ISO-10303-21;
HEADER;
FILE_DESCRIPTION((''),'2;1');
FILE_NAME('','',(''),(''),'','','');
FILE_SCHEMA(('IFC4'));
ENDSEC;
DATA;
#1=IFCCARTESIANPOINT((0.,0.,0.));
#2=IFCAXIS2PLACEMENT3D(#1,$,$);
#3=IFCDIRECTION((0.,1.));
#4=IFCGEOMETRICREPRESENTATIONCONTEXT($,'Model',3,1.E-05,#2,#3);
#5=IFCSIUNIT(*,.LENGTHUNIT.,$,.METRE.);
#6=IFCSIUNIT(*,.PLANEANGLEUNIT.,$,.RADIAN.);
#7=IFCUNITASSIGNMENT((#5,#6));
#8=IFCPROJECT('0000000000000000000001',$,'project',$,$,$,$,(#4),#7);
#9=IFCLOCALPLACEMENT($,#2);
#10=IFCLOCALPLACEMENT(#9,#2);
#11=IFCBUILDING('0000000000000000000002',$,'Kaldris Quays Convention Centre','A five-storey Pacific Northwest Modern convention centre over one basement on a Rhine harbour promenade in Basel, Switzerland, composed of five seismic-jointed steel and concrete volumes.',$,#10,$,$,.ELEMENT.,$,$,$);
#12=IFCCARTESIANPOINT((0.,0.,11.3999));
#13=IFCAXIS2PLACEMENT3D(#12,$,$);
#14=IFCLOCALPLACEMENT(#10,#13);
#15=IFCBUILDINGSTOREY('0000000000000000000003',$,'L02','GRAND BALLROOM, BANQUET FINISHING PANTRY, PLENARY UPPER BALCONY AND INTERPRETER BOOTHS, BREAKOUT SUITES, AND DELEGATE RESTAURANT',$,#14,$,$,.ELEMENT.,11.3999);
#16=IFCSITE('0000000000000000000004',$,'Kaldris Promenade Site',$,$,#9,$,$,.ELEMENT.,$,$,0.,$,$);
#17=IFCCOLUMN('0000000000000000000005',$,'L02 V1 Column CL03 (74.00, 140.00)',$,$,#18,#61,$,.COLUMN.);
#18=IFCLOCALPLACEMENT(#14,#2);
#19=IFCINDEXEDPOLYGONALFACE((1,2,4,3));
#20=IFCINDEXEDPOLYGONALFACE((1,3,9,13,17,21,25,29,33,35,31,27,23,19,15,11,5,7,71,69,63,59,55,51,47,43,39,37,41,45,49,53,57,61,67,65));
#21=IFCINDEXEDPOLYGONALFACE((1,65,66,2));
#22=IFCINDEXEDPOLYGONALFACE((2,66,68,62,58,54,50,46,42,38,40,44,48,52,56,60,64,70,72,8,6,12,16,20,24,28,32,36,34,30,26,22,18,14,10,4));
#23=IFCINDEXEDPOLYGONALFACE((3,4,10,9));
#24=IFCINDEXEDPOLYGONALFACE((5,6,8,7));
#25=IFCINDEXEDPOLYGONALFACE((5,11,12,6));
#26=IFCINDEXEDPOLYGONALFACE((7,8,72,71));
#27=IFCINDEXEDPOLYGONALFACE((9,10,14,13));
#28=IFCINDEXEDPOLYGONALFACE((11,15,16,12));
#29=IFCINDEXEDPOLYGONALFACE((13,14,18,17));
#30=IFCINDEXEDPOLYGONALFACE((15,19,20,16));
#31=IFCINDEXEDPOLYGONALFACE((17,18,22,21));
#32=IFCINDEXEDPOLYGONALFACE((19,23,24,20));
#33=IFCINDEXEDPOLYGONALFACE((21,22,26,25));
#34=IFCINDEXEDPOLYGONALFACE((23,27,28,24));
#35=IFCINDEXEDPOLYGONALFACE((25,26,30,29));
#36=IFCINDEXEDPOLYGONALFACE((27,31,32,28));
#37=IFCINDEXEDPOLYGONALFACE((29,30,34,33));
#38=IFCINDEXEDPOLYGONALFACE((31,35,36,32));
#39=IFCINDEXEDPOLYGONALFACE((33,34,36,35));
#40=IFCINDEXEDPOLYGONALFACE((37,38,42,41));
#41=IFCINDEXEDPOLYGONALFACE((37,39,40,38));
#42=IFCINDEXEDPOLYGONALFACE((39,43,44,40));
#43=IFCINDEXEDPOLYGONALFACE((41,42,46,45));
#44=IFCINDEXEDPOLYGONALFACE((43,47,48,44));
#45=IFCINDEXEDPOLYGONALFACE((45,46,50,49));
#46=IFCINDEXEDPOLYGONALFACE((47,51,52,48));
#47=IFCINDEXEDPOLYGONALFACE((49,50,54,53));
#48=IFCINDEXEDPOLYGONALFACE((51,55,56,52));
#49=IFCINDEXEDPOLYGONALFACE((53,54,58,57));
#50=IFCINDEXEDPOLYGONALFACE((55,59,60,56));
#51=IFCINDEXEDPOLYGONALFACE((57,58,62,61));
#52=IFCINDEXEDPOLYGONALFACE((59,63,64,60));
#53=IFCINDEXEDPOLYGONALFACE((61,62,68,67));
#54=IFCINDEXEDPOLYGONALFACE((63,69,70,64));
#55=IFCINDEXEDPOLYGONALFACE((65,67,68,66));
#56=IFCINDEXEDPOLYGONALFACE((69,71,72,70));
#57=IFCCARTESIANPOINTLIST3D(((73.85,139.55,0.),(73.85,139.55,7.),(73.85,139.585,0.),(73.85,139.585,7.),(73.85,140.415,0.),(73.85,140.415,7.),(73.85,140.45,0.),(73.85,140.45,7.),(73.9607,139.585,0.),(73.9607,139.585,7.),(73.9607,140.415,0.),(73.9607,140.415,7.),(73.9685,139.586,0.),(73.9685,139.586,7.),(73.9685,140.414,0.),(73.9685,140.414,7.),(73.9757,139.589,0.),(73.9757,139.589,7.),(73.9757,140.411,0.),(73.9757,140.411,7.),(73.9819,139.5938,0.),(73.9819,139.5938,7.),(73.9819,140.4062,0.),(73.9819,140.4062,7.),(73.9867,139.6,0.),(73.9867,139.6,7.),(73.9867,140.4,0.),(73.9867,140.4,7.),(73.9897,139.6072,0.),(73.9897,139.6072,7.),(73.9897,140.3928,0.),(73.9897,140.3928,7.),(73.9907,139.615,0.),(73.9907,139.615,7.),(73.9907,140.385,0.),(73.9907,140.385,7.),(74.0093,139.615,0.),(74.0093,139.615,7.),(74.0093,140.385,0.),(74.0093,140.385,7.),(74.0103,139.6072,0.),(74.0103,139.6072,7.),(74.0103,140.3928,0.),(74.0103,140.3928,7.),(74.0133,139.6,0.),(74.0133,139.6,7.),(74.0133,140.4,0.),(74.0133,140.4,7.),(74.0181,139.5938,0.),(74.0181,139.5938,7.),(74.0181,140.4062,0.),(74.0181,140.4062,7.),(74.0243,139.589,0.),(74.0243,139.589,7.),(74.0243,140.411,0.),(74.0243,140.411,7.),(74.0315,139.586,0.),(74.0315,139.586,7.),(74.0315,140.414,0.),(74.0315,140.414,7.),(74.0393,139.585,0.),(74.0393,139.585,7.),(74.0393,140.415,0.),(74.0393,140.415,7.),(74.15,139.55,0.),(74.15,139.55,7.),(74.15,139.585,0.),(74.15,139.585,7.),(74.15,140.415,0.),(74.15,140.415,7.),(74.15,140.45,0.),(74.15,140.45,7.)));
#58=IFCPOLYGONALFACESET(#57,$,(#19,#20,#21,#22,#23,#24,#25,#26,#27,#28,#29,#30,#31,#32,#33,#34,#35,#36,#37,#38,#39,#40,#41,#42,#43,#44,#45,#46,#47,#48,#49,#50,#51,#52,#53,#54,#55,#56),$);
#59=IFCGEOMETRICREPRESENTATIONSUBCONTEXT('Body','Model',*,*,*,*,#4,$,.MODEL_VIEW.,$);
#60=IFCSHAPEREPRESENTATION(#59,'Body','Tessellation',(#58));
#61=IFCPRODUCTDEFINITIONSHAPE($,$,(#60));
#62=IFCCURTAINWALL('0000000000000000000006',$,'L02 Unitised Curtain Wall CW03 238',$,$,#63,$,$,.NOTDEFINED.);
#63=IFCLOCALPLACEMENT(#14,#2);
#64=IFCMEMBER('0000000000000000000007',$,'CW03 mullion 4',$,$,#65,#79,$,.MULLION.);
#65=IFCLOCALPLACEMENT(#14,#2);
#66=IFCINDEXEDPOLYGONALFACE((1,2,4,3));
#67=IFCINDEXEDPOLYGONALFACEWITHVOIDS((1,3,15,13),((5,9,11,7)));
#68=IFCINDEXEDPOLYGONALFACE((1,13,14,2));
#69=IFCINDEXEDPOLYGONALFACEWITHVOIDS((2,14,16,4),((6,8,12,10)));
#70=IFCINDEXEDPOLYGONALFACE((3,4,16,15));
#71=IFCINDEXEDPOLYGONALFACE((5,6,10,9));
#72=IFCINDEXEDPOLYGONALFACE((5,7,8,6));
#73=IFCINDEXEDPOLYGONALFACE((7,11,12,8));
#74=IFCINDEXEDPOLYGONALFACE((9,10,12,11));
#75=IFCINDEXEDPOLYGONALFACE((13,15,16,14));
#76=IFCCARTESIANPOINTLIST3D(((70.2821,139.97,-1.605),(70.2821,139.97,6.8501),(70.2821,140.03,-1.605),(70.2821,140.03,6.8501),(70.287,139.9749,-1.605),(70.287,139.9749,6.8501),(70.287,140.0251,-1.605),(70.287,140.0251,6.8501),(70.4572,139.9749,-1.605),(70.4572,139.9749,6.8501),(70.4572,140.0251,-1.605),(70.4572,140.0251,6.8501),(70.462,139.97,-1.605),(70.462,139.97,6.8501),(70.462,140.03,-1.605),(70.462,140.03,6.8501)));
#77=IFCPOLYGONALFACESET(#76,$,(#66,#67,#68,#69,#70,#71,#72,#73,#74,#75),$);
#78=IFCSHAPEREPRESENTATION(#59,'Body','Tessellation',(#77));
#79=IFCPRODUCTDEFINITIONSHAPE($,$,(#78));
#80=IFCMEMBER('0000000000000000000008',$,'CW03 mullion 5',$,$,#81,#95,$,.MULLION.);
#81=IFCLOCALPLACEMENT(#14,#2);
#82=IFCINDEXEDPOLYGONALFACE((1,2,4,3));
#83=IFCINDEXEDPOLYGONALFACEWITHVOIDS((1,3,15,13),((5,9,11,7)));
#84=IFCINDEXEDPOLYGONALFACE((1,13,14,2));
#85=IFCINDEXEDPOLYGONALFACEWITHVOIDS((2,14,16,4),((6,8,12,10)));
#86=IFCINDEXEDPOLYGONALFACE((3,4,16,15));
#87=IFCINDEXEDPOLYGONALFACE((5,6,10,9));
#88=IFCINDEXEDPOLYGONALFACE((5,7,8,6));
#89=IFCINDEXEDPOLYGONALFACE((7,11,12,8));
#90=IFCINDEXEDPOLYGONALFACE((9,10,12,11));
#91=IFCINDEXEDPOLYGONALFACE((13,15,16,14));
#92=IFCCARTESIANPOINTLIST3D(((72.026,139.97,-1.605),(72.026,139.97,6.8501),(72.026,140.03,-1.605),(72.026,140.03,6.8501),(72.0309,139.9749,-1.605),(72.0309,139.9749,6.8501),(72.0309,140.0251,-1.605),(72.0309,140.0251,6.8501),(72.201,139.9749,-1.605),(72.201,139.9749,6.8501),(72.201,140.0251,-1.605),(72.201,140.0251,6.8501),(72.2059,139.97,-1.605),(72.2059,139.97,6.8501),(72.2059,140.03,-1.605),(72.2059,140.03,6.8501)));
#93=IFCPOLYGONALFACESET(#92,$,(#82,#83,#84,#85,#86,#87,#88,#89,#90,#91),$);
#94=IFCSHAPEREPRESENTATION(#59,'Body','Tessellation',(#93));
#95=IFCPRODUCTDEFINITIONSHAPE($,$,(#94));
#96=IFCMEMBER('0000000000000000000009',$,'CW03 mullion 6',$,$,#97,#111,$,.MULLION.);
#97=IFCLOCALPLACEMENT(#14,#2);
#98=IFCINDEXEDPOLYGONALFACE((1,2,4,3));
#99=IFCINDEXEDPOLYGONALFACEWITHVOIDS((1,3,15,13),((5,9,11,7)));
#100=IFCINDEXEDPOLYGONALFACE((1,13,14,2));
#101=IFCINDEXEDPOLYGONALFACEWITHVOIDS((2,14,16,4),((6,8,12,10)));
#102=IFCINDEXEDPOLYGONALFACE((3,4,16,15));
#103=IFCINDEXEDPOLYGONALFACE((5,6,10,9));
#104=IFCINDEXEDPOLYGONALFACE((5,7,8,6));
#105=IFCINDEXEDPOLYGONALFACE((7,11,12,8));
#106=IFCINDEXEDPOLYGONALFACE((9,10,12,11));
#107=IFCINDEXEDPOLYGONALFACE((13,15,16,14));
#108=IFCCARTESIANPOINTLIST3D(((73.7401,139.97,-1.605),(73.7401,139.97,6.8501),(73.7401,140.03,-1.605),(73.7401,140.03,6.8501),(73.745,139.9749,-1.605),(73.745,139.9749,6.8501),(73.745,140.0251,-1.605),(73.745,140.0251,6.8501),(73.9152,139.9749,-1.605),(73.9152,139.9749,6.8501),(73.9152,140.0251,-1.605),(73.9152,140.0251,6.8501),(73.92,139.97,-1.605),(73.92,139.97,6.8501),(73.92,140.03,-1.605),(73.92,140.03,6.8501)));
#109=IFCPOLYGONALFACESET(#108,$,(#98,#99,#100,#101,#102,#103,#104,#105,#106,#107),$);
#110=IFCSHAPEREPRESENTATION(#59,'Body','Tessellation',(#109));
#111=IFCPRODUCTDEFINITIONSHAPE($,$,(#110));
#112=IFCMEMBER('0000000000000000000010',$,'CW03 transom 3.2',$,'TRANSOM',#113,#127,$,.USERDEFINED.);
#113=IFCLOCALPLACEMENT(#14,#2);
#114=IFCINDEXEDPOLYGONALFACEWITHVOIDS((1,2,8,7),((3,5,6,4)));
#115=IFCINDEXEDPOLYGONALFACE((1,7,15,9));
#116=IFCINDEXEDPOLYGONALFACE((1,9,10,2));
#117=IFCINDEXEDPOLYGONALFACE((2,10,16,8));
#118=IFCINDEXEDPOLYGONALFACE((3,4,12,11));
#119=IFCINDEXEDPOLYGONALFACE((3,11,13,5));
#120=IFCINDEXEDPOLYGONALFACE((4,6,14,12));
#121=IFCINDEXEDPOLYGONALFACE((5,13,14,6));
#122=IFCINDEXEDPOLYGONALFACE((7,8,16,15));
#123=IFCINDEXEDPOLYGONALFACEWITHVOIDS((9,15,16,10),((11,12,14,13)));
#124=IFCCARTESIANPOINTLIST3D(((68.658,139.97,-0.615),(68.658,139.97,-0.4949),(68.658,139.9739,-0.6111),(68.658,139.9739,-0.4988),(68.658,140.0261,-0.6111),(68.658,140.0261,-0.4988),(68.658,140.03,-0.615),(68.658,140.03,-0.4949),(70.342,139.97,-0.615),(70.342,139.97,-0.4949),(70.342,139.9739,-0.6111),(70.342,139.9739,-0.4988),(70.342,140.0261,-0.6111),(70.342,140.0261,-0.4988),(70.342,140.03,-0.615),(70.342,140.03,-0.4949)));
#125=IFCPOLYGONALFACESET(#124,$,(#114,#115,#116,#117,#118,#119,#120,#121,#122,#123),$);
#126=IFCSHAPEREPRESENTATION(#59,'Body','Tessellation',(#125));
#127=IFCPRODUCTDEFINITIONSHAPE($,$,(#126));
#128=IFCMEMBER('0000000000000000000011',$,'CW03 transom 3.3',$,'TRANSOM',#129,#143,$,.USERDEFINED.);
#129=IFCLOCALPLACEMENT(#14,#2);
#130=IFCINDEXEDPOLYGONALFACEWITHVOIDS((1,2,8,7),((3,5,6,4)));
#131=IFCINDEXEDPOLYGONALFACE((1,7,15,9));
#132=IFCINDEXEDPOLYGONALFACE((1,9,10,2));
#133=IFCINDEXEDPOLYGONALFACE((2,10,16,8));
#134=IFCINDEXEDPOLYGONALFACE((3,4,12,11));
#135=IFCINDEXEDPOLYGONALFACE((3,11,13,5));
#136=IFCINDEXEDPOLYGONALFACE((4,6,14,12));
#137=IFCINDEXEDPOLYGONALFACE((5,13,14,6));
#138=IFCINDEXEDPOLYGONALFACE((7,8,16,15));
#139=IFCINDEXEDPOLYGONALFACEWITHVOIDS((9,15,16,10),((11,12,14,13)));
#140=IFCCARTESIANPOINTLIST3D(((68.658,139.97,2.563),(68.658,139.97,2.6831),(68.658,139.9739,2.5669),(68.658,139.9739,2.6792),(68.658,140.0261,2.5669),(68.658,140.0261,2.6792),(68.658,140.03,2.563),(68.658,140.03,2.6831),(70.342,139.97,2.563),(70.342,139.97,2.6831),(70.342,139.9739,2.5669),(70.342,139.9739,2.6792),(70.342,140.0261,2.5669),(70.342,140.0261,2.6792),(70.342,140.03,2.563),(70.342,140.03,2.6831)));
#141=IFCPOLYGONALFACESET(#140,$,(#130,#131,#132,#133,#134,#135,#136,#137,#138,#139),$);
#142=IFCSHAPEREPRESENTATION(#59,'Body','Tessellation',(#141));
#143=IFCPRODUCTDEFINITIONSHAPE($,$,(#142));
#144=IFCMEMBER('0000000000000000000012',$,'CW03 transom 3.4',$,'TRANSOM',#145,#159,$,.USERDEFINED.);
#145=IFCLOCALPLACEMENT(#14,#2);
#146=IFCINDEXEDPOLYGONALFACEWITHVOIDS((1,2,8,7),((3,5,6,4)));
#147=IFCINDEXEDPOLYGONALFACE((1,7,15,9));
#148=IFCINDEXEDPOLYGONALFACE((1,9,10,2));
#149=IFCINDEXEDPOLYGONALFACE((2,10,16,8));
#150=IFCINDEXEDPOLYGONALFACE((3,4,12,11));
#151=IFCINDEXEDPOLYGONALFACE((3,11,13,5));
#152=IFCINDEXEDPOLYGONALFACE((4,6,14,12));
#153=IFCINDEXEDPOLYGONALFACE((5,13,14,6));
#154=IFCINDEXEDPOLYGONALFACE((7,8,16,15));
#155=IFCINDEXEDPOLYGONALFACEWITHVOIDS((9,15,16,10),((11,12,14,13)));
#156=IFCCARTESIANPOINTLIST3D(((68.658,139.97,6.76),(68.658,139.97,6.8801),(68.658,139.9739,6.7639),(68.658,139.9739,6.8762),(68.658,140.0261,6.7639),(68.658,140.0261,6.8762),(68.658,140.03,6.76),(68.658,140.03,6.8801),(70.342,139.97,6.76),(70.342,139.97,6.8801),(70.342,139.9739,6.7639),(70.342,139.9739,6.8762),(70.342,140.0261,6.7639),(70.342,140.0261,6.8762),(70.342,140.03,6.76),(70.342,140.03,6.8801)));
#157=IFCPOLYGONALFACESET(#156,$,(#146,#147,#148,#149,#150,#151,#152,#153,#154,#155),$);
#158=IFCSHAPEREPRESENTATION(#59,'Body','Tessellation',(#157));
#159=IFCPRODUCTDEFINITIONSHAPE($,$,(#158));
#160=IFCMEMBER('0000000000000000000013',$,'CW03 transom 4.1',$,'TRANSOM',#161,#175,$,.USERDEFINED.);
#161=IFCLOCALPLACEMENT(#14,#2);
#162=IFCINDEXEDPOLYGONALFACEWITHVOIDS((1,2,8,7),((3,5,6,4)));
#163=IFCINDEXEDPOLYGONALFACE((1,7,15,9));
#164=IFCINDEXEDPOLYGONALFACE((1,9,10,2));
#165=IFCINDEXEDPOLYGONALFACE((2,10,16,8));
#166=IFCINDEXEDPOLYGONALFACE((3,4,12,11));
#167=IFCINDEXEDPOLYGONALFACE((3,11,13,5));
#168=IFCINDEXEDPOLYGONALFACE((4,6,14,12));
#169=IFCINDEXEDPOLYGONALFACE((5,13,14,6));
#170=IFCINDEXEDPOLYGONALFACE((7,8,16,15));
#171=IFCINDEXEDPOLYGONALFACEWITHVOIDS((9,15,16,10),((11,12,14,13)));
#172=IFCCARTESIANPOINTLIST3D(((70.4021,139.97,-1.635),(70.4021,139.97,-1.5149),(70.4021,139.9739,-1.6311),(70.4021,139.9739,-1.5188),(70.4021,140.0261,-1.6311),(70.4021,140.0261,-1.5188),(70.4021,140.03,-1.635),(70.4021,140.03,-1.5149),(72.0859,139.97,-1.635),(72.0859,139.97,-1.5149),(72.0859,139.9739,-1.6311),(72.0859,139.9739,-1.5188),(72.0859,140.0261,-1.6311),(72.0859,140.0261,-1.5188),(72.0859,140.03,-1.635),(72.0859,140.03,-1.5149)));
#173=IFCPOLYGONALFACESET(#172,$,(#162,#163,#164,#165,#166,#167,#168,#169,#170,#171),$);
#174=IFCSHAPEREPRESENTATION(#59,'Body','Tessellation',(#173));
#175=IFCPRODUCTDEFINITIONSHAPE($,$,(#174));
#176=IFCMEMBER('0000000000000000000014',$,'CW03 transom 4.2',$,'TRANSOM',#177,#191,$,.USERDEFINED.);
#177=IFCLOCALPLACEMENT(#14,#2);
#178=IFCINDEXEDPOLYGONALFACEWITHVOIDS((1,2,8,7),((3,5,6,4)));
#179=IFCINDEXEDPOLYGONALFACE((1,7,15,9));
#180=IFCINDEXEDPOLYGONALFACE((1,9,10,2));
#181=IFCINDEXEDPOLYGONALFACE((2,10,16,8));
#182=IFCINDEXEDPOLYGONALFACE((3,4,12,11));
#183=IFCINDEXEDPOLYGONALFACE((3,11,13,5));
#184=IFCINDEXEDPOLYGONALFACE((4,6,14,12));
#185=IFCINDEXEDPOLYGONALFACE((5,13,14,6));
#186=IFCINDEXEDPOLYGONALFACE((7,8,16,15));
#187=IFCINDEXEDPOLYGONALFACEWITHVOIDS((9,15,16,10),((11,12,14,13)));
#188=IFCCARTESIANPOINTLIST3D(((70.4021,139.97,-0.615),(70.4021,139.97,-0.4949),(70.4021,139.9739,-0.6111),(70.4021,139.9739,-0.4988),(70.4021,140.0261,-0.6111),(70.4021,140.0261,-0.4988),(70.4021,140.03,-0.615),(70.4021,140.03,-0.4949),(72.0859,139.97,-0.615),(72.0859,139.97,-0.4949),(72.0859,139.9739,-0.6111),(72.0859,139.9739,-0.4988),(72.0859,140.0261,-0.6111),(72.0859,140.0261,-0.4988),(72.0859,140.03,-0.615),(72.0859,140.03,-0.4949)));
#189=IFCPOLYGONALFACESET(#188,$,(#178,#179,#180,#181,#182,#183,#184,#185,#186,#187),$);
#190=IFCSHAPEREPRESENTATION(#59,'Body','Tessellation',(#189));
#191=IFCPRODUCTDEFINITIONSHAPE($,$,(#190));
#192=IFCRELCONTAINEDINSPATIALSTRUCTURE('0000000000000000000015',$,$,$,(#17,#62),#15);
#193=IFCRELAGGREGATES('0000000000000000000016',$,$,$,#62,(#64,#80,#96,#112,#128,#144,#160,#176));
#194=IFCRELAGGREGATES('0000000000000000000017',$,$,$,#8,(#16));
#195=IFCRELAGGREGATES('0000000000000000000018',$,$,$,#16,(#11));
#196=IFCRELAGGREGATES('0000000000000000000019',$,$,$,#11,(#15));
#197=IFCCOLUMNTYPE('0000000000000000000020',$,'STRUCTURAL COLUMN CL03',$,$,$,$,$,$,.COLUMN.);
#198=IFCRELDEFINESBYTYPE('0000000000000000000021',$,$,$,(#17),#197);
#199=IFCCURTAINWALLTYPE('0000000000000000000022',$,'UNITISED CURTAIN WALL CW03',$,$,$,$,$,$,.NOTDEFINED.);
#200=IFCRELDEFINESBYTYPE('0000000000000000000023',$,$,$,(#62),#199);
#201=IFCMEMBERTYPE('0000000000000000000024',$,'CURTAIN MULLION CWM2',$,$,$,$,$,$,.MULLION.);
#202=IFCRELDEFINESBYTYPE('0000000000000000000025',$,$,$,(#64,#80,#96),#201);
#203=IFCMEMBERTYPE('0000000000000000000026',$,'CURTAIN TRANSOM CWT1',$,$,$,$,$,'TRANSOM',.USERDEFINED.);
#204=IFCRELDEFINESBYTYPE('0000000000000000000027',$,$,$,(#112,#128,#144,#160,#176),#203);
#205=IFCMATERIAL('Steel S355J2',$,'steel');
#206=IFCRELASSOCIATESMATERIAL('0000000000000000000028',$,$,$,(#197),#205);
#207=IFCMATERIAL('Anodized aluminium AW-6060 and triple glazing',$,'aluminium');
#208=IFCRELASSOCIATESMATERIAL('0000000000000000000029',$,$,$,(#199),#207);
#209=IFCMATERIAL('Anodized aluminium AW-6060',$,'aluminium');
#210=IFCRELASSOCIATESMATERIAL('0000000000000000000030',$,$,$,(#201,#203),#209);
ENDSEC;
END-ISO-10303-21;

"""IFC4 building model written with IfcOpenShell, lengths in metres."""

from ifc_helpers import new_model, si_unit, direction, frame, origin, origin_2d, place, context, subcontext, project, spatial, hollow_rectangle, i_section, extrude, material, material_profile, profile_set, type_object, element, aggregate, save


model = new_model("IFC4")

# Units and contexts
model_context = context("Model", 3, precision=1e-05, world=origin(), true_north=direction((0.0, 1.0)))
body_context = subcontext(model_context, "Body", "Model", "MODEL_VIEW")
ifc_project = project(units=[si_unit("LENGTHUNIT", "METRE"), si_unit("PLANEANGLEUNIT", "RADIAN")], contexts=[model_context])

# Site, building, storey
site_placement = place(None, origin())
site = spatial("IfcSite", under=ifc_project, at=site_placement, Name="Kaldris Promenade Site", CompositionType="ELEMENT", RefElevation=0.0)
building_placement = place(site_placement, origin())
building = spatial("IfcBuilding", under=site, at=building_placement, Name="Kaldris Quays Convention Centre", Description="A five-storey Pacific Northwest Modern convention centre over one basement on a Rhine harbour promenade in Basel, Switzerland, composed of five seismic-jointed steel and concrete volumes.", CompositionType="ELEMENT")
storey_placement = place(building_placement, frame((0.0, 0.0, 11.3999)))
storey = spatial("IfcBuildingStorey", under=building, at=storey_placement, Name="L02", Description="GRAND BALLROOM, BANQUET FINISHING PANTRY, PLENARY UPPER BALCONY AND INTERPRETER BOOTHS, BREAKOUT SUITES, AND DELEGATE RESTAURANT", CompositionType="ELEMENT", Elevation=11.3999)

# Column
ifc_material_1 = material(Name="Steel S355J2", Category="steel")
ifc_material_profile_1 = material_profile(ifc_material_1, i_section(OverallWidth=0.3, OverallDepth=0.8999, WebThickness=0.0186, FlangeThickness=0.0349, FilletRadius=0.03, at=origin_2d()), Name="HEB 900")
ifc_profile_set_1 = profile_set([ifc_material_profile_1], Name="Steel S355J2")
column_type = type_object("IfcColumnType", Name="STRUCTURAL COLUMN CL03", PredefinedType="COLUMN", material=ifc_profile_set_1)
column_placement = place(storey_placement, frame((74.0, 140.0, 0.0), z_axis=(0.0, 0.0, 1.0), x_axis=(1.0, 0.0, 0.0)))
element("IfcColumn", 1, at=column_placement, inside=storey, type_object=column_type, Name="L02 V1 Column CL03 (74.00, 140.00)", PredefinedType="COLUMN", context=body_context, shape_type="SweptSolid", body=[
    extrude(i_section(OverallWidth=0.3, OverallDepth=0.8999, WebThickness=0.0186, FlangeThickness=0.0349, FilletRadius=0.03, at=origin_2d()), origin(), (0.0, 0.0, 1.0), 7.0),
])

# Curtain wall, members
ifc_material_2 = material(Name="Anodized aluminium AW-6060 and triple glazing", Category="aluminium")
curtain_wall_type = type_object("IfcCurtainWallType", Name="UNITISED CURTAIN WALL CW03", PredefinedType="NOTDEFINED", material=ifc_material_2)
curtain_wall_placement = place(storey_placement, origin())
curtain_wall = element("IfcCurtainWall", 2, at=curtain_wall_placement, inside=storey, type_object=curtain_wall_type, Name="L02 Unitised Curtain Wall CW03 238", PredefinedType="NOTDEFINED")
ifc_material_3 = material(Name="Anodized aluminium AW-6060", Category="aluminium")
ifc_material_profile_2 = material_profile(ifc_material_3, hollow_rectangle(XDim=0.0601, YDim=0.1799, WallThickness=0.0049, at=origin_2d()), Name="RHS 180x60x5")
ifc_profile_set_2 = profile_set([ifc_material_profile_2], Name="Anodized aluminium AW-6060")
member_type_1 = type_object("IfcMemberType", Name="CURTAIN MULLION CWM2", PredefinedType="MULLION", material=ifc_profile_set_2)
member_1_placement = place(storey_placement, frame((70.3721, 140.0, -1.605), z_axis=(0.0, 0.0, 1.0), x_axis=(0.0, 1.0, 0.0)))
member_1 = element("IfcMember", 3, at=member_1_placement, type_object=member_type_1, Name="CW03 mullion 4", PredefinedType="MULLION", context=body_context, shape_type="SweptSolid", body=[
    extrude(hollow_rectangle(XDim=0.0601, YDim=0.1799, WallThickness=0.0049, at=origin_2d()), origin(), (0.0, 0.0, 1.0), 8.4551),
])
member_2_placement = place(storey_placement, frame((72.116, 140.0, -1.605), z_axis=(0.0, 0.0, 1.0), x_axis=(0.0, 1.0, 0.0)))
member_2 = element("IfcMember", 4, at=member_2_placement, type_object=member_type_1, Name="CW03 mullion 5", PredefinedType="MULLION", context=body_context, shape_type="SweptSolid", body=[
    extrude(hollow_rectangle(XDim=0.0601, YDim=0.1799, WallThickness=0.0049, at=origin_2d()), origin(), (0.0, 0.0, 1.0), 8.4551),
])
member_3_placement = place(storey_placement, frame((73.8301, 140.0, -1.605), z_axis=(0.0, 0.0, 1.0), x_axis=(0.0, 1.0, 0.0)))
member_3 = element("IfcMember", 5, at=member_3_placement, type_object=member_type_1, Name="CW03 mullion 6", PredefinedType="MULLION", context=body_context, shape_type="SweptSolid", body=[
    extrude(hollow_rectangle(XDim=0.0601, YDim=0.1799, WallThickness=0.0049, at=origin_2d()), origin(), (0.0, 0.0, 1.0), 8.4551),
])
ifc_material_profile_3 = material_profile(ifc_material_3, hollow_rectangle(XDim=0.0601, YDim=0.1201, WallThickness=0.0039, at=origin_2d()), Name="RHS 120x60x4")
ifc_profile_set_3 = profile_set([ifc_material_profile_3], Name="Anodized aluminium AW-6060")
member_type_2 = type_object("IfcMemberType", Name="CURTAIN TRANSOM CWT1", ElementType="TRANSOM", PredefinedType="USERDEFINED", material=ifc_profile_set_3)
member_4_placement = place(storey_placement, frame((68.658, 140.0, -0.5549), z_axis=(1.0, 0.0, 0.0), x_axis=(0.0, 1.0, 0.0)))
member_4 = element("IfcMember", 6, at=member_4_placement, type_object=member_type_2, Name="CW03 transom 3.2", ObjectType="TRANSOM", PredefinedType="USERDEFINED", context=body_context, shape_type="SweptSolid", body=[
    extrude(hollow_rectangle(XDim=0.0601, YDim=0.1201, WallThickness=0.0039, at=origin_2d()), origin(), (0.0, 0.0, 1.0), 1.6841),
])
member_5_placement = place(storey_placement, frame((68.658, 140.0, 2.623), z_axis=(1.0, 0.0, 0.0), x_axis=(0.0, 1.0, 0.0)))
member_5 = element("IfcMember", 7, at=member_5_placement, type_object=member_type_2, Name="CW03 transom 3.3", ObjectType="TRANSOM", PredefinedType="USERDEFINED", context=body_context, shape_type="SweptSolid", body=[
    extrude(hollow_rectangle(XDim=0.0601, YDim=0.1201, WallThickness=0.0039, at=origin_2d()), origin(), (0.0, 0.0, 1.0), 1.6841),
])
member_6_placement = place(storey_placement, frame((68.658, 140.0, 6.8201), z_axis=(1.0, 0.0, 0.0), x_axis=(0.0, 1.0, 0.0)))
member_6 = element("IfcMember", 8, at=member_6_placement, type_object=member_type_2, Name="CW03 transom 3.4", ObjectType="TRANSOM", PredefinedType="USERDEFINED", context=body_context, shape_type="SweptSolid", body=[
    extrude(hollow_rectangle(XDim=0.0601, YDim=0.1201, WallThickness=0.0039, at=origin_2d()), origin(), (0.0, 0.0, 1.0), 1.6841),
])
member_7_placement = place(storey_placement, frame((70.4021, 140.0, -1.575), z_axis=(1.0, 0.0, 0.0), x_axis=(0.0, 1.0, 0.0)))
member_7 = element("IfcMember", 9, at=member_7_placement, type_object=member_type_2, Name="CW03 transom 4.1", ObjectType="TRANSOM", PredefinedType="USERDEFINED", context=body_context, shape_type="SweptSolid", body=[
    extrude(hollow_rectangle(XDim=0.0601, YDim=0.1201, WallThickness=0.0039, at=origin_2d()), origin(), (0.0, 0.0, 1.0), 1.6838),
])
member_8_placement = place(storey_placement, frame((70.4021, 140.0, -0.5549), z_axis=(1.0, 0.0, 0.0), x_axis=(0.0, 1.0, 0.0)))
member_8 = element("IfcMember", 10, at=member_8_placement, type_object=member_type_2, Name="CW03 transom 4.2", ObjectType="TRANSOM", PredefinedType="USERDEFINED", context=body_context, shape_type="SweptSolid", body=[
    extrude(hollow_rectangle(XDim=0.0601, YDim=0.1201, WallThickness=0.0039, at=origin_2d()), origin(), (0.0, 0.0, 1.0), 1.6838),
])

aggregate(curtain_wall, [member_1, member_2, member_3, member_4, member_5, member_6, member_7, member_8])

save(model, "model.ifc")
